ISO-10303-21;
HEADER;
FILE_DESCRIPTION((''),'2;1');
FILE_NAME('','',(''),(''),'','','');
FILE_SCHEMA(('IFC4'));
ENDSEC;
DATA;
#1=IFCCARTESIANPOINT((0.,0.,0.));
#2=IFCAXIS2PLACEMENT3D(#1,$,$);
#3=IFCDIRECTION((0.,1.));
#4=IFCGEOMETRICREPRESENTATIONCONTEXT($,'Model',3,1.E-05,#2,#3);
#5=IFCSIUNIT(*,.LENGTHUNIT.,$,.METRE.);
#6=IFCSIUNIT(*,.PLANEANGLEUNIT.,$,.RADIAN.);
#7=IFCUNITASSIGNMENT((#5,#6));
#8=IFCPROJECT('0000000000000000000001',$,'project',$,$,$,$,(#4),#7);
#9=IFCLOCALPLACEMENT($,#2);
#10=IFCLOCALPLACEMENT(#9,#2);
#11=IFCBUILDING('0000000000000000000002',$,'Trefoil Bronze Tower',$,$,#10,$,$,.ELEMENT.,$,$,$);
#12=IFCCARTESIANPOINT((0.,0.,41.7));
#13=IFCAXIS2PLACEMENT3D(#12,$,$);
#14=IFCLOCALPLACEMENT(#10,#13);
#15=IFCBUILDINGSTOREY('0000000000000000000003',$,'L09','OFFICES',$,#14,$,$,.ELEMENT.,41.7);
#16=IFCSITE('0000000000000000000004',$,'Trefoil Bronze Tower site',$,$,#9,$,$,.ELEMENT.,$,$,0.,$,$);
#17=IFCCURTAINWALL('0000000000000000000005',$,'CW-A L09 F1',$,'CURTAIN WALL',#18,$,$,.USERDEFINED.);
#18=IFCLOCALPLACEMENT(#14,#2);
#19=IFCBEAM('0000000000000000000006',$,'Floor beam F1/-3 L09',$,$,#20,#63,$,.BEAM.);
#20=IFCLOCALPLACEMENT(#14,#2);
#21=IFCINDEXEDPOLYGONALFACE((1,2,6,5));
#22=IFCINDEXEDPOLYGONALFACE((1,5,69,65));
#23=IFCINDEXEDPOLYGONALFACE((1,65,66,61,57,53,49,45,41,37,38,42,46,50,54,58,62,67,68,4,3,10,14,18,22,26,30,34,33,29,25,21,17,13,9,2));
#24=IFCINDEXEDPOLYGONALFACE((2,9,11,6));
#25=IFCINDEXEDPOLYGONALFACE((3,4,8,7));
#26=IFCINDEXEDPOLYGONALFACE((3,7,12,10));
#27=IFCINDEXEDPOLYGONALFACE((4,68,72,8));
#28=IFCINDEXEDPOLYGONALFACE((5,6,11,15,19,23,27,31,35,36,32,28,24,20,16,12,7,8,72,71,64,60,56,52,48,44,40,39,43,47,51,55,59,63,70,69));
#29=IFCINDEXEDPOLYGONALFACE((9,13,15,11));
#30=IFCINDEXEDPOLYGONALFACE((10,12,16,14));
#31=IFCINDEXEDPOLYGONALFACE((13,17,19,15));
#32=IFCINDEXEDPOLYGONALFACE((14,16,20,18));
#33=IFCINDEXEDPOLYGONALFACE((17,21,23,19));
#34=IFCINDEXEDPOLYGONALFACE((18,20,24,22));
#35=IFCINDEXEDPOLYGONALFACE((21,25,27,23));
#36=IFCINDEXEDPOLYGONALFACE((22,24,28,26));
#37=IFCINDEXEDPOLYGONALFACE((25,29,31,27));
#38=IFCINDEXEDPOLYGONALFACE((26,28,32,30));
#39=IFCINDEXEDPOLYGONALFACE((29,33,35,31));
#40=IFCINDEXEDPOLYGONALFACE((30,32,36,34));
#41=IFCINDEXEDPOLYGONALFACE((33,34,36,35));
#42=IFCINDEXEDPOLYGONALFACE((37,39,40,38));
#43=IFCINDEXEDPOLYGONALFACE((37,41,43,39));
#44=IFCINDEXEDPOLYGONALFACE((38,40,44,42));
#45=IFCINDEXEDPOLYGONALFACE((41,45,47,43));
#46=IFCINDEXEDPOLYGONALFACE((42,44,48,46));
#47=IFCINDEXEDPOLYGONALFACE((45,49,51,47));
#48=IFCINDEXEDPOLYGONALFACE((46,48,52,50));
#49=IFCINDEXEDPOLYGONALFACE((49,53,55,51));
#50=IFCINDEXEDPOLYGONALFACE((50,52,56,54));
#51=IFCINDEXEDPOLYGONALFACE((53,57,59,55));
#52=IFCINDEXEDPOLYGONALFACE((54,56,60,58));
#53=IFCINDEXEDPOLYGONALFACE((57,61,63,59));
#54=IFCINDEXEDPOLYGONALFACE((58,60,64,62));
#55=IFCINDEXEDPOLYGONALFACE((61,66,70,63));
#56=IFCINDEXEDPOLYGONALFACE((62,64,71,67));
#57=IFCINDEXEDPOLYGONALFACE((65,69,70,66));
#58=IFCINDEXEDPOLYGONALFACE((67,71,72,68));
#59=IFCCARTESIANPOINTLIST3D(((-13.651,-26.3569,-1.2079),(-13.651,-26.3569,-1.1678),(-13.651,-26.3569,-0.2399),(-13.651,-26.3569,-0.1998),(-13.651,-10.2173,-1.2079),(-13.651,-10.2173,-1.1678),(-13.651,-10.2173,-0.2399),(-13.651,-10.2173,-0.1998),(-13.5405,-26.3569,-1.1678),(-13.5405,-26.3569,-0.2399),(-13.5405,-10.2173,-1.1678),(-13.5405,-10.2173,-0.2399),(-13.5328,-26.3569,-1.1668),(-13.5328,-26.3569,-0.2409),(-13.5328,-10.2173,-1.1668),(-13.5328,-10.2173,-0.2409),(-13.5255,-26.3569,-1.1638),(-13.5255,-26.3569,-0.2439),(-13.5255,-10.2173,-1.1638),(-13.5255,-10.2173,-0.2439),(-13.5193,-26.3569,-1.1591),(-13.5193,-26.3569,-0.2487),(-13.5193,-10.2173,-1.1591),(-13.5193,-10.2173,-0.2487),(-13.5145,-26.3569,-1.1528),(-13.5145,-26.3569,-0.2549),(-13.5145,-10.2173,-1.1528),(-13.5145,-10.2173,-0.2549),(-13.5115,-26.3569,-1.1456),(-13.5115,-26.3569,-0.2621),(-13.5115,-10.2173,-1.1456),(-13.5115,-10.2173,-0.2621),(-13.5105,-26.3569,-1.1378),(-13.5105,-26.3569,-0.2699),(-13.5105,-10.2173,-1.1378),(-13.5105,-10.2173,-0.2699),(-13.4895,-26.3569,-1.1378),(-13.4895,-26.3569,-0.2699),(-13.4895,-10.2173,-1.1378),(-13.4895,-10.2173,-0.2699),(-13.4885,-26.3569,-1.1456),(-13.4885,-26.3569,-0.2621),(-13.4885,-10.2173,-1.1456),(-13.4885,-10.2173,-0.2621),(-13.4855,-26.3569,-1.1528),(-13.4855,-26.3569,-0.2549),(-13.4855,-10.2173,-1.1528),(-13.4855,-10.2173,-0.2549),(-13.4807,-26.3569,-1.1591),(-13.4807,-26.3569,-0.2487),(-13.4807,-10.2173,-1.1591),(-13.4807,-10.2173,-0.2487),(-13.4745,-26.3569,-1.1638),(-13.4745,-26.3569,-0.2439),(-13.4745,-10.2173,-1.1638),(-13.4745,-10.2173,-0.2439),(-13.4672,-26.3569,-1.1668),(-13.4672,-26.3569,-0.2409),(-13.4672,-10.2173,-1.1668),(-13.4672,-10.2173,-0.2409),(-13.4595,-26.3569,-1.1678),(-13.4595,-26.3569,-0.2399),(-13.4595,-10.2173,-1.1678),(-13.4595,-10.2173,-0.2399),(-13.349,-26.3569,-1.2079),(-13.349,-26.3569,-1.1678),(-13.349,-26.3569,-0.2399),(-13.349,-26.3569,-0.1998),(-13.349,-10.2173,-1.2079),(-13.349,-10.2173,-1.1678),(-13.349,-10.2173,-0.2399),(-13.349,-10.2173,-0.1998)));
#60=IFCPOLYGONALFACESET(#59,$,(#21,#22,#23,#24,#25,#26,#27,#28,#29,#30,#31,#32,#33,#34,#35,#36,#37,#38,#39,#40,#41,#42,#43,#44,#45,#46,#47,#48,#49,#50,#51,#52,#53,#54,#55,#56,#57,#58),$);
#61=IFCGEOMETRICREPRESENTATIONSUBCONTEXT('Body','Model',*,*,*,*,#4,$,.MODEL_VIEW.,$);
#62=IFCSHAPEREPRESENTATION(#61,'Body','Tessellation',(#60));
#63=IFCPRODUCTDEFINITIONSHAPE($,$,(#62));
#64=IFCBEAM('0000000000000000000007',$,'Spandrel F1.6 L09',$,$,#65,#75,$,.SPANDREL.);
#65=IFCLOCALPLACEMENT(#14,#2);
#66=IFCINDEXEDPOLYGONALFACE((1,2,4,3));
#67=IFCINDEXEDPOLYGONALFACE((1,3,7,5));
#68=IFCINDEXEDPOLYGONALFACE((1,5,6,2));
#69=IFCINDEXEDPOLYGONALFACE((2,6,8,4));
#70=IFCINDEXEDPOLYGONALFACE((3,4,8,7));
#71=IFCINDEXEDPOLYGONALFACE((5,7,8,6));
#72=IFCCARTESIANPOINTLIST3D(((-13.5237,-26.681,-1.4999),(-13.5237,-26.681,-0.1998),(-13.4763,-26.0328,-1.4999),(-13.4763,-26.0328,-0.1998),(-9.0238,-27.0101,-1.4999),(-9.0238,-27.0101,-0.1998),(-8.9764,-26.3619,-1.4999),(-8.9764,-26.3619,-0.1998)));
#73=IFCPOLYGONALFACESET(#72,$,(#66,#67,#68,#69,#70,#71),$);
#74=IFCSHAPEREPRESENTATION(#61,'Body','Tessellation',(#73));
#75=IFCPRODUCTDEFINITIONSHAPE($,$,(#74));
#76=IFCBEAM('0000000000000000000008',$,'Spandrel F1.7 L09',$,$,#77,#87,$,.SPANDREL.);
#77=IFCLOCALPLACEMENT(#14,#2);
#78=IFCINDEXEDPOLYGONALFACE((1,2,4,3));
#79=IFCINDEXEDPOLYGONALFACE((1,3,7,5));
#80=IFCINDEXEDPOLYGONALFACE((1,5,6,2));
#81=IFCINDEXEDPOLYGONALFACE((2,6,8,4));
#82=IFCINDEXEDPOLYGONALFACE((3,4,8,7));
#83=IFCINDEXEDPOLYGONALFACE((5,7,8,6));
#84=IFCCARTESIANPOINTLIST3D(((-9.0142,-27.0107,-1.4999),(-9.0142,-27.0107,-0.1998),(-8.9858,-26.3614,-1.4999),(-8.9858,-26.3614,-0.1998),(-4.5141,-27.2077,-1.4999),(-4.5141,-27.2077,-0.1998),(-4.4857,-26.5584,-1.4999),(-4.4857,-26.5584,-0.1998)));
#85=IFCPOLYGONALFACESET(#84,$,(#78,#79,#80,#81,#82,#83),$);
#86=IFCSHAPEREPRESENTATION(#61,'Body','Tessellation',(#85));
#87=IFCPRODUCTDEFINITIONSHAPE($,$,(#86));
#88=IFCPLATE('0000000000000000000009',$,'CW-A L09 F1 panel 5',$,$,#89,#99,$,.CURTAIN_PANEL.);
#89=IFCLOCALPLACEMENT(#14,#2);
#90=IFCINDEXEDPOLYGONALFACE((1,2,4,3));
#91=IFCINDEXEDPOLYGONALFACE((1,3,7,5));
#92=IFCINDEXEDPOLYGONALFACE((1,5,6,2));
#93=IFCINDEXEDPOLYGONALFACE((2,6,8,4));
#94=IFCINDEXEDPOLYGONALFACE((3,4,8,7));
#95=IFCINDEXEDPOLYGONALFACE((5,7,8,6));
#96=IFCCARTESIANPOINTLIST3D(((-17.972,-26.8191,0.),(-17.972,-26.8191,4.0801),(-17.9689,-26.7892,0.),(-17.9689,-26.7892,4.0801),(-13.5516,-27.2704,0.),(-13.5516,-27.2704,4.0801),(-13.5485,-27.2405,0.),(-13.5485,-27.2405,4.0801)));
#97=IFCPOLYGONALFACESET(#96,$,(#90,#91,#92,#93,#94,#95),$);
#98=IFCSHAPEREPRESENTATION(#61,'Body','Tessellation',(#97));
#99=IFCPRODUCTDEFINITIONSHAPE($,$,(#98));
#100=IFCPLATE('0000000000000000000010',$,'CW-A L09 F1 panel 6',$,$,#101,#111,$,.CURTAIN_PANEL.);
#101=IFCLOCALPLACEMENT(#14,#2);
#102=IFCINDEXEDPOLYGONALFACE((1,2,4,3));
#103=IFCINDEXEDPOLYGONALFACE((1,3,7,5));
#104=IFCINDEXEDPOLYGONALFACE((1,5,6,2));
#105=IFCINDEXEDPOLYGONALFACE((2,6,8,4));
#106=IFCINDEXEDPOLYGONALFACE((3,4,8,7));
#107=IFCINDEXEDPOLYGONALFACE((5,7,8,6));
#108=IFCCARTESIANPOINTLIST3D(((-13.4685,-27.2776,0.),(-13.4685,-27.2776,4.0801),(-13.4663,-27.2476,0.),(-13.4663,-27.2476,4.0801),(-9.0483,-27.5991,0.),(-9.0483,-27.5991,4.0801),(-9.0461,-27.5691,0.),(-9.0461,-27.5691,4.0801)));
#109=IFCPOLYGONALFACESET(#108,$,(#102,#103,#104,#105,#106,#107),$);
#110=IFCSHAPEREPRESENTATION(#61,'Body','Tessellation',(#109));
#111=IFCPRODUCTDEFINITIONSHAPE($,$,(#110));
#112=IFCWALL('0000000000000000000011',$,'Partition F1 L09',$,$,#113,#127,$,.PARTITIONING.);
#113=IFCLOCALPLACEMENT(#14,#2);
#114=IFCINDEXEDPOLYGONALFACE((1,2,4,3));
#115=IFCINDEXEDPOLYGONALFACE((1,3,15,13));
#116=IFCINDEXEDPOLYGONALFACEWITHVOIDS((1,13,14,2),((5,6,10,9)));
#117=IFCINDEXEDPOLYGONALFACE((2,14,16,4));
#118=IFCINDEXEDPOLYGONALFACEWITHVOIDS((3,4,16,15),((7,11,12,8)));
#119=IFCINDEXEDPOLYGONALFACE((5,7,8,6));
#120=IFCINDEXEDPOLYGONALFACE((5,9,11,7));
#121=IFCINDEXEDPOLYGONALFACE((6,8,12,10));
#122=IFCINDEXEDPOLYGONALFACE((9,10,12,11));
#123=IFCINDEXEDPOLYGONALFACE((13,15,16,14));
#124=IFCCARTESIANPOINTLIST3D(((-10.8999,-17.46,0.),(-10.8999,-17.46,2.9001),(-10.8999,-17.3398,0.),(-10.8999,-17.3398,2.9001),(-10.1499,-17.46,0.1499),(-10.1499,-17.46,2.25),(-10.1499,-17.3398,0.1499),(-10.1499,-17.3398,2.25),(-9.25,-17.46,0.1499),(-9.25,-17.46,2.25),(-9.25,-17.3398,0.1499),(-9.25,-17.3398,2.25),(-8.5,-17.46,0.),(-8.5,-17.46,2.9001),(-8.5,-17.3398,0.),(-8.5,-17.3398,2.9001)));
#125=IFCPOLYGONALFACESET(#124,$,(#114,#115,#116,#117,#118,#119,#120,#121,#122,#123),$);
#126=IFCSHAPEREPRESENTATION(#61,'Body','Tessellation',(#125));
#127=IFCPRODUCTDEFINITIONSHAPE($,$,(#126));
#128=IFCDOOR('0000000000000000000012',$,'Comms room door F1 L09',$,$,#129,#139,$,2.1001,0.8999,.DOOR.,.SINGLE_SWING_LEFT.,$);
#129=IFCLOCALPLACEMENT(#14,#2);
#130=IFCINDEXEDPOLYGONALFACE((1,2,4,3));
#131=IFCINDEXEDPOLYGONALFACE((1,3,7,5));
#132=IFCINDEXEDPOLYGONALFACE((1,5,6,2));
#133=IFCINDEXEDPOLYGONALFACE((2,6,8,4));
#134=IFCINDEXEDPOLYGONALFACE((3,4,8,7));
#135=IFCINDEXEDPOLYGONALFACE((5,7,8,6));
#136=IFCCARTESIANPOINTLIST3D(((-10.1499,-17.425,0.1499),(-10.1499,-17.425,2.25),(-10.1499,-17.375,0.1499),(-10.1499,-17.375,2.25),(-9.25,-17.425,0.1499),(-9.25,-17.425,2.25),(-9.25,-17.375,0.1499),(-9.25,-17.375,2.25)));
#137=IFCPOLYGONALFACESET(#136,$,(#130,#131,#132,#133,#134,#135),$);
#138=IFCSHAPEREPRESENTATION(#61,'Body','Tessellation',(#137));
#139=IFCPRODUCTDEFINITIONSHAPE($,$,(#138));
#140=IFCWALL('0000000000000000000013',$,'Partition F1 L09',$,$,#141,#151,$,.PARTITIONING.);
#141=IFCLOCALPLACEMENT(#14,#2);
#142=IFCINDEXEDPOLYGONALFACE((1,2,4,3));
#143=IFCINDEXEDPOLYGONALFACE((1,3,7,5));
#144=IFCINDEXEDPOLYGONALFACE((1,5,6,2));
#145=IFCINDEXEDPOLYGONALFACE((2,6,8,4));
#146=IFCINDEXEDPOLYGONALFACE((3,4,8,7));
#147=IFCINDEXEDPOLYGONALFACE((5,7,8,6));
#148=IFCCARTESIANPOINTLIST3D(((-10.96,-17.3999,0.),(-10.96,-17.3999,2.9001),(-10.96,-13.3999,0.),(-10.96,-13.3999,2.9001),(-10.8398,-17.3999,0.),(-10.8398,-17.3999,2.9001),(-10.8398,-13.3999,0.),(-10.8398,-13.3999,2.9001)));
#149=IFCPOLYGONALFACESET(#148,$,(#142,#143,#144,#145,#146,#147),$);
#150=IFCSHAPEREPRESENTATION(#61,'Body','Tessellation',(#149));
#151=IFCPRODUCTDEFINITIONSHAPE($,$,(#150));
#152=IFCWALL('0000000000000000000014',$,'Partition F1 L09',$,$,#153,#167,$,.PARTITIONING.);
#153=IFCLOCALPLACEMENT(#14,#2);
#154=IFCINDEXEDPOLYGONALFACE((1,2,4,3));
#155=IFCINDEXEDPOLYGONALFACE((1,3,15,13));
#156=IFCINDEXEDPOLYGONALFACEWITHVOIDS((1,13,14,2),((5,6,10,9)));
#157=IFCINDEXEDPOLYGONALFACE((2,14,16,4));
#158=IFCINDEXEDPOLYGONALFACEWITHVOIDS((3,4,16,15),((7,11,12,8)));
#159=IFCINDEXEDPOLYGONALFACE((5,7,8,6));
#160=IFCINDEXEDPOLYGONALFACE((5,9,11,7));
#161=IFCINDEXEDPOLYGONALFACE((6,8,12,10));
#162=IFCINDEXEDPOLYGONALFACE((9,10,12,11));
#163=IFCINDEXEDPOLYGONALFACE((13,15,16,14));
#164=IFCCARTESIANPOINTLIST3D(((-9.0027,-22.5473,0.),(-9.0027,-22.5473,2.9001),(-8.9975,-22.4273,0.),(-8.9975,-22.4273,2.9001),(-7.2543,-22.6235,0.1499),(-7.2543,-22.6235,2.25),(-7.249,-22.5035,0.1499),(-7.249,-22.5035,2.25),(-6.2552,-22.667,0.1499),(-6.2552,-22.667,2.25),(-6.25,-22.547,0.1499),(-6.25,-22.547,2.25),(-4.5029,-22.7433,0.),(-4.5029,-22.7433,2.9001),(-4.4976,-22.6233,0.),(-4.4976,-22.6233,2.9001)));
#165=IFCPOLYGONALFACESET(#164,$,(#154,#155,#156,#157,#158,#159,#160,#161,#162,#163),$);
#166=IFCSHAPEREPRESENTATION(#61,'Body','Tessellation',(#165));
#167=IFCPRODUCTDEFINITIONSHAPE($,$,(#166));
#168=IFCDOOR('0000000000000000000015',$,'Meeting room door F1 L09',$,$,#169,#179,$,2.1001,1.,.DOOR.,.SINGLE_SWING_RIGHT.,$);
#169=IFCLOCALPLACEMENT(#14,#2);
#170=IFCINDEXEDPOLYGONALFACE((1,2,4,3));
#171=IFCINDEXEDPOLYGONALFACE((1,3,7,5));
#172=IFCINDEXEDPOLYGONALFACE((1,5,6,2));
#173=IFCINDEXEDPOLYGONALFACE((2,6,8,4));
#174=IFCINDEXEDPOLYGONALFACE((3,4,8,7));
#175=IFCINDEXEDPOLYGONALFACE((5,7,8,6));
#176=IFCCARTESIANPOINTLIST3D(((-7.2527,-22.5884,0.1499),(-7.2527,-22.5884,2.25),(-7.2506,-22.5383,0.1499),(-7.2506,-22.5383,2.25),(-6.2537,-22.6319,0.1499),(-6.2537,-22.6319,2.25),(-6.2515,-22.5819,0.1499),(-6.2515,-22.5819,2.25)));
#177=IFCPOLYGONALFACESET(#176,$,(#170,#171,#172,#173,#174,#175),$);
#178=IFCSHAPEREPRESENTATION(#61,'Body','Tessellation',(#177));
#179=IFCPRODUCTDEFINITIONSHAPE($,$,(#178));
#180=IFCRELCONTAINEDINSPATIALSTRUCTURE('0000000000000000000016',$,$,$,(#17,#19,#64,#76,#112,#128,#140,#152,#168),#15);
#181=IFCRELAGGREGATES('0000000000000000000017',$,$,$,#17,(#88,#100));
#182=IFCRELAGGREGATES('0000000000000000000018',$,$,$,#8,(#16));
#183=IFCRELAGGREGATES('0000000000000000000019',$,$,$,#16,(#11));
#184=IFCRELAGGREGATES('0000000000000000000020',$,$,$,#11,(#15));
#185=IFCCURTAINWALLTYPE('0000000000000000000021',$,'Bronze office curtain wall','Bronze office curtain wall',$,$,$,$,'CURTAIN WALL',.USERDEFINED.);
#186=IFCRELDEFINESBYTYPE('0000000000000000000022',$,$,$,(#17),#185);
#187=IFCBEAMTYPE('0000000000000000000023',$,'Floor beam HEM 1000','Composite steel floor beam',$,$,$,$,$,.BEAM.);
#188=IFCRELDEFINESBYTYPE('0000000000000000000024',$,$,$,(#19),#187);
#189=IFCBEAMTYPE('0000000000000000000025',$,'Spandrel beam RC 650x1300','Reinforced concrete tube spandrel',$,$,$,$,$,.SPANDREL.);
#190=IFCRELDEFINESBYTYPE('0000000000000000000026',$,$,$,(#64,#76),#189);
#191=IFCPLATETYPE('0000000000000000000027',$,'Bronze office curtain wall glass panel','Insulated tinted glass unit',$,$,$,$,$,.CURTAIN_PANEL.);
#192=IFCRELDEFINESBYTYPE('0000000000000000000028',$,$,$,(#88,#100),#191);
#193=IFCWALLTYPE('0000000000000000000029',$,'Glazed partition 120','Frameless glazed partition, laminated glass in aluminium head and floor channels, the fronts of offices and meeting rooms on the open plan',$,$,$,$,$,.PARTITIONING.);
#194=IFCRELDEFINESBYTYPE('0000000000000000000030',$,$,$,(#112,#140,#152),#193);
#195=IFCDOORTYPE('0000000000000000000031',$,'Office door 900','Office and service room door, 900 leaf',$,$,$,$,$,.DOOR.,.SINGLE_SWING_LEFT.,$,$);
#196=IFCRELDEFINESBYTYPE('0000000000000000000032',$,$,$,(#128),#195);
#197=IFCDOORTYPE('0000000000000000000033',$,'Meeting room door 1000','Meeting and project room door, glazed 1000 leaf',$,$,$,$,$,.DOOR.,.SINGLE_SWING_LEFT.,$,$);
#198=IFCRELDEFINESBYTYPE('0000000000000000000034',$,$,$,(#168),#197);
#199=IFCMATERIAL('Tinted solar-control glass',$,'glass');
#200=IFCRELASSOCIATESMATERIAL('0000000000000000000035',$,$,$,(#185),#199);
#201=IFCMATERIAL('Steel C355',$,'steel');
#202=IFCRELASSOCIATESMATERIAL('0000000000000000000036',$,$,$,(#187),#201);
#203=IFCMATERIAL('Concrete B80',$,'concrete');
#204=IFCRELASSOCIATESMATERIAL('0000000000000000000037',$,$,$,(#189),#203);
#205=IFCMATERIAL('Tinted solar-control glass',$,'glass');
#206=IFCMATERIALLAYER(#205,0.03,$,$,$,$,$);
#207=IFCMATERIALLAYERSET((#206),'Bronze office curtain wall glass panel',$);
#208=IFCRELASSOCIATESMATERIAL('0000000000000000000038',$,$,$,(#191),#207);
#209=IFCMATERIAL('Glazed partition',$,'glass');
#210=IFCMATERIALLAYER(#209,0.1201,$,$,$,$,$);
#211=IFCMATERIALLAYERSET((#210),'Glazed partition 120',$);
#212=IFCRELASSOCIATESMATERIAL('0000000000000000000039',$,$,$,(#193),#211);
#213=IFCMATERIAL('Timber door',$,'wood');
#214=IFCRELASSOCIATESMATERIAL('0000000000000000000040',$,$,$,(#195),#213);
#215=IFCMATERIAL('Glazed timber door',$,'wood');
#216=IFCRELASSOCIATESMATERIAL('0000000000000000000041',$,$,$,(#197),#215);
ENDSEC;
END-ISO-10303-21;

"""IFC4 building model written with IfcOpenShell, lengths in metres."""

from ifc_helpers import new_model, si_unit, direction, frame, frame_2d, origin, origin_2d, place, context, subcontext, project, spatial, rectangle, i_section, extrude, material, layer, layer_set, material_profile, profile_set, type_object, element, fill, aggregate, save


model = new_model("IFC4")

# Units and contexts
model_context = context("Model", 3, precision=1e-05, world=origin(), true_north=direction((0.0, 1.0)))
body_context = subcontext(model_context, "Body", "Model", "MODEL_VIEW")
ifc_project = project(units=[si_unit("LENGTHUNIT", "METRE"), si_unit("PLANEANGLEUNIT", "RADIAN")], contexts=[model_context])

# Site, building, storey
site_placement = place(None, origin())
site = spatial("IfcSite", under=ifc_project, at=site_placement, Name="Trefoil Bronze Tower site", CompositionType="ELEMENT", RefElevation=0.0)
building_placement = place(site_placement, origin())
building = spatial("IfcBuilding", under=site, at=building_placement, Name="Trefoil Bronze Tower", CompositionType="ELEMENT")
storey_placement = place(building_placement, frame((0.0, 0.0, 41.7)))
storey = spatial("IfcBuildingStorey", under=building, at=storey_placement, Name="L09", Description="OFFICES", CompositionType="ELEMENT", Elevation=41.7)

# Curtain wall
ifc_material_1 = material(Name="Tinted solar-control glass", Category="glass")
curtain_wall_type = type_object("IfcCurtainWallType", Name="Bronze office curtain wall", Description="Bronze office curtain wall", ElementType="CURTAIN WALL", PredefinedType="USERDEFINED", material=ifc_material_1)
curtain_wall_placement = place(storey_placement, origin())
curtain_wall = element("IfcCurtainWall", 1, at=curtain_wall_placement, inside=storey, type_object=curtain_wall_type, Name="CW-A L09 F1", ObjectType="CURTAIN WALL", PredefinedType="USERDEFINED")

# Beams
ifc_material_2 = material(Name="Steel C355", Category="steel")
ifc_material_profile_1 = material_profile(ifc_material_2, i_section(OverallWidth=0.302, OverallDepth=1.0081, WebThickness=0.021, FlangeThickness=0.04, FilletRadius=0.03, at=origin_2d()), Name="HEM 1000")
ifc_profile_set_1 = profile_set([ifc_material_profile_1], Name="Steel C355")
beam_type_1 = type_object("IfcBeamType", Name="Floor beam HEM 1000", Description="Composite steel floor beam", PredefinedType="BEAM", material=ifc_profile_set_1)
beam_1_placement = place(storey_placement, frame((-13.5, -26.3569, -0.7039), z_axis=(0.0, 1.0, 0.0), x_axis=(-1.0, 0.0, 0.0)))
element("IfcBeam", 2, at=beam_1_placement, inside=storey, type_object=beam_type_1, Name="Floor beam F1/-3 L09", PredefinedType="BEAM", context=body_context, shape_type="SweptSolid", body=[
    extrude(i_section(OverallWidth=0.302, OverallDepth=1.0081, WebThickness=0.021, FlangeThickness=0.04, FilletRadius=0.03, at=origin_2d()), origin(), (0.0, 0.0, 1.0), 16.1396),
])
ifc_material_3 = material(Name="Concrete B80", Category="concrete")
ifc_material_profile_2 = material_profile(ifc_material_3, rectangle(XDim=0.6499, YDim=1.3, at=origin_2d()), Name="RC 650x1300")
ifc_profile_set_2 = profile_set([ifc_material_profile_2], Name="Concrete B80")
beam_type_2 = type_object("IfcBeamType", Name="Spandrel beam RC 650x1300", Description="Reinforced concrete tube spandrel", PredefinedType="SPANDREL", material=ifc_profile_set_2)
beam_2_placement = place(storey_placement, frame((-13.5, -26.3569, -0.8499), z_axis=(0.997336, -0.072939, 0.0), x_axis=(0.072939, 0.997336, 0.0)))
element("IfcBeam", 3, at=beam_2_placement, inside=storey, type_object=beam_type_2, Name="Spandrel F1.6 L09", PredefinedType="SPANDREL", context=body_context, shape_type="SweptSolid", body=[
    extrude(rectangle(XDim=0.6499, YDim=1.3, at=origin_2d()), origin(), (0.0, 0.0, 1.0), 4.512),
])
beam_3_placement = place(storey_placement, frame((-9.0, -26.686, -0.8499), z_axis=(0.999043, -0.043741, 0.0), x_axis=(0.043741, 0.999043, 0.0)))
element("IfcBeam", 4, at=beam_3_placement, inside=storey, type_object=beam_type_2, Name="Spandrel F1.7 L09", PredefinedType="SPANDREL", context=body_context, shape_type="SweptSolid", body=[
    extrude(rectangle(XDim=0.6499, YDim=1.3, at=origin_2d()), origin(), (0.0, 0.0, 1.0), 4.5044),
])

# Plates
ifc_material_4 = material(Name="Tinted solar-control glass", Category="glass")
ifc_layer_1 = layer(ifc_material_4, 0.03)
ifc_layer_set_1 = layer_set([ifc_layer_1], Name="Bronze office curtain wall glass panel")
plate_type = type_object("IfcPlateType", Name="Bronze office curtain wall glass panel", Description="Insulated tinted glass unit", PredefinedType="CURTAIN_PANEL", material=ifc_layer_set_1)
plate_1_placement = place(storey_placement, frame((-15.7603, -27.0298, 0.0), z_axis=(0.0, 0.0, 1.0), x_axis=(0.994829, -0.101565, 0.0)))
plate_1 = element("IfcPlate", 5, at=plate_1_placement, type_object=plate_type, Name="CW-A L09 F1 panel 5", PredefinedType="CURTAIN_PANEL", context=body_context, shape_type="SweptSolid", body=[
    extrude(rectangle(XDim=4.4434, YDim=0.03, at=origin_2d()), origin(), (0.0, 0.0, 1.0), 4.0801),
])
plate_2_placement = place(storey_placement, frame((-11.2573, -27.4233, 0.0), z_axis=(0.0, 0.0, 1.0), x_axis=(0.997365, -0.072547, 0.0)))
plate_2 = element("IfcPlate", 6, at=plate_2_placement, type_object=plate_type, Name="CW-A L09 F1 panel 6", PredefinedType="CURTAIN_PANEL", context=body_context, shape_type="SweptSolid", body=[
    extrude(rectangle(XDim=4.4319, YDim=0.03, at=origin_2d()), origin(), (0.0, 0.0, 1.0), 4.0801),
])
aggregate(curtain_wall, [plate_1, plate_2])

# Wall, opening, door
ifc_material_5 = material(Name="Glazed partition", Category="glass")
ifc_layer_2 = layer(ifc_material_5, 0.1201)
ifc_layer_set_2 = layer_set([ifc_layer_2], Name="Glazed partition 120")
wall_type = type_object("IfcWallType", Name="Glazed partition 120", Description="Frameless glazed partition, laminated glass in aluminium head and floor channels, the fronts of offices and meeting rooms on the open plan", PredefinedType="PARTITIONING", material=ifc_layer_set_2)
wall_1_placement = place(storey_placement, frame((-10.8999, -17.3999, 0.0), z_axis=(0.0, 0.0, 1.0), x_axis=(1.0, 0.0, 0.0)))
wall_1 = element("IfcWall", 7, at=wall_1_placement, inside=storey, type_object=wall_type, Name="Partition F1 L09", PredefinedType="PARTITIONING", context=body_context, shape_type="SweptSolid", body=[
    extrude(rectangle(XDim=2.3999, YDim=0.1201, at=frame_2d((1.2, 0.0))), origin(), (0.0, 0.0, 1.0), 2.9001),
])
opening_1_placement = place(wall_1_placement, frame((0.75, 0.0, 0.1499)))
opening_1 = element("IfcOpeningElement", 8, at=opening_1_placement, cuts=wall_1, PredefinedType="OPENING", context=body_context, shape_type="SweptSolid", body=[
    extrude(rectangle(XDim=0.8999, YDim=2.1001, at=frame_2d((0.45, 1.05))), frame((0.0, 0.0701, 0.0), z_axis=(0.0, -1.0, 0.0), x_axis=(1.0, 0.0, 0.0)), (0.0, 0.0, 1.0), 0.1401),
])
ifc_material_6 = material(Name="Timber door", Category="wood")
door_type_1 = type_object("IfcDoorType", Name="Office door 900", Description="Office and service room door, 900 leaf", OperationType="SINGLE_SWING_LEFT", PredefinedType="DOOR", material=ifc_material_6)
door_1_placement = place(opening_1_placement, origin())
door_1 = element("IfcDoor", 9, at=door_1_placement, inside=storey, type_object=door_type_1, Name="Comms room door F1 L09", OperationType="SINGLE_SWING_LEFT", OverallHeight=2.1001, OverallWidth=0.8999, PredefinedType="DOOR", context=body_context, shape_type="SweptSolid", body=[
    extrude(rectangle(XDim=0.8999, YDim=2.1001, at=frame_2d((0.45, 1.05))), frame((0.0, 0.0249, 0.0), z_axis=(0.0, -1.0, 0.0), x_axis=(1.0, 0.0, 0.0)), (0.0, 0.0, 1.0), 0.05),
])
fill(opening_1, door_1)

# Wall
wall_2_placement = place(storey_placement, frame((-10.8999, -13.3999, 0.0), z_axis=(0.0, 0.0, 1.0), x_axis=(0.0, -1.0, 0.0)))
element("IfcWall", 10, at=wall_2_placement, inside=storey, type_object=wall_type, Name="Partition F1 L09", PredefinedType="PARTITIONING", context=body_context, shape_type="SweptSolid", body=[
    extrude(rectangle(XDim=4.0, YDim=0.1201, at=frame_2d((2.0, 0.0))), origin(), (0.0, 0.0, 1.0), 2.9001),
])

# Wall, opening, door
wall_3_placement = place(storey_placement, frame((-9.0, -22.4873, 0.0), z_axis=(0.0, 0.0, 1.0), x_axis=(0.999052, -0.043524, 0.0)))
wall_3 = element("IfcWall", 11, at=wall_3_placement, inside=storey, type_object=wall_type, Name="Partition F1 L09", PredefinedType="PARTITIONING", context=body_context, shape_type="SweptSolid", body=[
    extrude(rectangle(XDim=4.5042, YDim=0.1201, at=frame_2d((2.252, 0.0))), origin(), (0.0, 0.0, 1.0), 2.9001),
])
opening_2_placement = place(wall_3_placement, frame((1.75, 0.0, 0.1499)))
opening_2 = element("IfcOpeningElement", 12, at=opening_2_placement, cuts=wall_3, PredefinedType="OPENING", context=body_context, shape_type="SweptSolid", body=[
    extrude(rectangle(XDim=1.0, YDim=2.1001, at=frame_2d((0.5, 1.05))), frame((0.0, 0.0701, 0.0), z_axis=(0.0, -1.0, 0.0), x_axis=(1.0, 0.0, 0.0)), (0.0, 0.0, 1.0), 0.1401),
])
ifc_material_7 = material(Name="Glazed timber door", Category="wood")
door_type_2 = type_object("IfcDoorType", Name="Meeting room door 1000", Description="Meeting and project room door, glazed 1000 leaf", OperationType="SINGLE_SWING_LEFT", PredefinedType="DOOR", material=ifc_material_7)
door_2_placement = place(opening_2_placement, frame((1.0, 0.0, 0.0), z_axis=(0.0, 0.0, 1.0), x_axis=(-1.0, 0.0, 0.0)))
door_2 = element("IfcDoor", 13, at=door_2_placement, inside=storey, type_object=door_type_2, Name="Meeting room door F1 L09", OperationType="SINGLE_SWING_RIGHT", OverallHeight=2.1001, OverallWidth=1.0, PredefinedType="DOOR", context=body_context, shape_type="SweptSolid", body=[
    extrude(rectangle(XDim=1.0, YDim=2.1001, at=frame_2d((0.5, 1.05))), frame((0.0, 0.0249, 0.0), z_axis=(0.0, -1.0, 0.0), x_axis=(1.0, 0.0, 0.0)), (0.0, 0.0, 1.0), 0.05),
])
fill(opening_2, door_2)

save(model, "model.ifc")
